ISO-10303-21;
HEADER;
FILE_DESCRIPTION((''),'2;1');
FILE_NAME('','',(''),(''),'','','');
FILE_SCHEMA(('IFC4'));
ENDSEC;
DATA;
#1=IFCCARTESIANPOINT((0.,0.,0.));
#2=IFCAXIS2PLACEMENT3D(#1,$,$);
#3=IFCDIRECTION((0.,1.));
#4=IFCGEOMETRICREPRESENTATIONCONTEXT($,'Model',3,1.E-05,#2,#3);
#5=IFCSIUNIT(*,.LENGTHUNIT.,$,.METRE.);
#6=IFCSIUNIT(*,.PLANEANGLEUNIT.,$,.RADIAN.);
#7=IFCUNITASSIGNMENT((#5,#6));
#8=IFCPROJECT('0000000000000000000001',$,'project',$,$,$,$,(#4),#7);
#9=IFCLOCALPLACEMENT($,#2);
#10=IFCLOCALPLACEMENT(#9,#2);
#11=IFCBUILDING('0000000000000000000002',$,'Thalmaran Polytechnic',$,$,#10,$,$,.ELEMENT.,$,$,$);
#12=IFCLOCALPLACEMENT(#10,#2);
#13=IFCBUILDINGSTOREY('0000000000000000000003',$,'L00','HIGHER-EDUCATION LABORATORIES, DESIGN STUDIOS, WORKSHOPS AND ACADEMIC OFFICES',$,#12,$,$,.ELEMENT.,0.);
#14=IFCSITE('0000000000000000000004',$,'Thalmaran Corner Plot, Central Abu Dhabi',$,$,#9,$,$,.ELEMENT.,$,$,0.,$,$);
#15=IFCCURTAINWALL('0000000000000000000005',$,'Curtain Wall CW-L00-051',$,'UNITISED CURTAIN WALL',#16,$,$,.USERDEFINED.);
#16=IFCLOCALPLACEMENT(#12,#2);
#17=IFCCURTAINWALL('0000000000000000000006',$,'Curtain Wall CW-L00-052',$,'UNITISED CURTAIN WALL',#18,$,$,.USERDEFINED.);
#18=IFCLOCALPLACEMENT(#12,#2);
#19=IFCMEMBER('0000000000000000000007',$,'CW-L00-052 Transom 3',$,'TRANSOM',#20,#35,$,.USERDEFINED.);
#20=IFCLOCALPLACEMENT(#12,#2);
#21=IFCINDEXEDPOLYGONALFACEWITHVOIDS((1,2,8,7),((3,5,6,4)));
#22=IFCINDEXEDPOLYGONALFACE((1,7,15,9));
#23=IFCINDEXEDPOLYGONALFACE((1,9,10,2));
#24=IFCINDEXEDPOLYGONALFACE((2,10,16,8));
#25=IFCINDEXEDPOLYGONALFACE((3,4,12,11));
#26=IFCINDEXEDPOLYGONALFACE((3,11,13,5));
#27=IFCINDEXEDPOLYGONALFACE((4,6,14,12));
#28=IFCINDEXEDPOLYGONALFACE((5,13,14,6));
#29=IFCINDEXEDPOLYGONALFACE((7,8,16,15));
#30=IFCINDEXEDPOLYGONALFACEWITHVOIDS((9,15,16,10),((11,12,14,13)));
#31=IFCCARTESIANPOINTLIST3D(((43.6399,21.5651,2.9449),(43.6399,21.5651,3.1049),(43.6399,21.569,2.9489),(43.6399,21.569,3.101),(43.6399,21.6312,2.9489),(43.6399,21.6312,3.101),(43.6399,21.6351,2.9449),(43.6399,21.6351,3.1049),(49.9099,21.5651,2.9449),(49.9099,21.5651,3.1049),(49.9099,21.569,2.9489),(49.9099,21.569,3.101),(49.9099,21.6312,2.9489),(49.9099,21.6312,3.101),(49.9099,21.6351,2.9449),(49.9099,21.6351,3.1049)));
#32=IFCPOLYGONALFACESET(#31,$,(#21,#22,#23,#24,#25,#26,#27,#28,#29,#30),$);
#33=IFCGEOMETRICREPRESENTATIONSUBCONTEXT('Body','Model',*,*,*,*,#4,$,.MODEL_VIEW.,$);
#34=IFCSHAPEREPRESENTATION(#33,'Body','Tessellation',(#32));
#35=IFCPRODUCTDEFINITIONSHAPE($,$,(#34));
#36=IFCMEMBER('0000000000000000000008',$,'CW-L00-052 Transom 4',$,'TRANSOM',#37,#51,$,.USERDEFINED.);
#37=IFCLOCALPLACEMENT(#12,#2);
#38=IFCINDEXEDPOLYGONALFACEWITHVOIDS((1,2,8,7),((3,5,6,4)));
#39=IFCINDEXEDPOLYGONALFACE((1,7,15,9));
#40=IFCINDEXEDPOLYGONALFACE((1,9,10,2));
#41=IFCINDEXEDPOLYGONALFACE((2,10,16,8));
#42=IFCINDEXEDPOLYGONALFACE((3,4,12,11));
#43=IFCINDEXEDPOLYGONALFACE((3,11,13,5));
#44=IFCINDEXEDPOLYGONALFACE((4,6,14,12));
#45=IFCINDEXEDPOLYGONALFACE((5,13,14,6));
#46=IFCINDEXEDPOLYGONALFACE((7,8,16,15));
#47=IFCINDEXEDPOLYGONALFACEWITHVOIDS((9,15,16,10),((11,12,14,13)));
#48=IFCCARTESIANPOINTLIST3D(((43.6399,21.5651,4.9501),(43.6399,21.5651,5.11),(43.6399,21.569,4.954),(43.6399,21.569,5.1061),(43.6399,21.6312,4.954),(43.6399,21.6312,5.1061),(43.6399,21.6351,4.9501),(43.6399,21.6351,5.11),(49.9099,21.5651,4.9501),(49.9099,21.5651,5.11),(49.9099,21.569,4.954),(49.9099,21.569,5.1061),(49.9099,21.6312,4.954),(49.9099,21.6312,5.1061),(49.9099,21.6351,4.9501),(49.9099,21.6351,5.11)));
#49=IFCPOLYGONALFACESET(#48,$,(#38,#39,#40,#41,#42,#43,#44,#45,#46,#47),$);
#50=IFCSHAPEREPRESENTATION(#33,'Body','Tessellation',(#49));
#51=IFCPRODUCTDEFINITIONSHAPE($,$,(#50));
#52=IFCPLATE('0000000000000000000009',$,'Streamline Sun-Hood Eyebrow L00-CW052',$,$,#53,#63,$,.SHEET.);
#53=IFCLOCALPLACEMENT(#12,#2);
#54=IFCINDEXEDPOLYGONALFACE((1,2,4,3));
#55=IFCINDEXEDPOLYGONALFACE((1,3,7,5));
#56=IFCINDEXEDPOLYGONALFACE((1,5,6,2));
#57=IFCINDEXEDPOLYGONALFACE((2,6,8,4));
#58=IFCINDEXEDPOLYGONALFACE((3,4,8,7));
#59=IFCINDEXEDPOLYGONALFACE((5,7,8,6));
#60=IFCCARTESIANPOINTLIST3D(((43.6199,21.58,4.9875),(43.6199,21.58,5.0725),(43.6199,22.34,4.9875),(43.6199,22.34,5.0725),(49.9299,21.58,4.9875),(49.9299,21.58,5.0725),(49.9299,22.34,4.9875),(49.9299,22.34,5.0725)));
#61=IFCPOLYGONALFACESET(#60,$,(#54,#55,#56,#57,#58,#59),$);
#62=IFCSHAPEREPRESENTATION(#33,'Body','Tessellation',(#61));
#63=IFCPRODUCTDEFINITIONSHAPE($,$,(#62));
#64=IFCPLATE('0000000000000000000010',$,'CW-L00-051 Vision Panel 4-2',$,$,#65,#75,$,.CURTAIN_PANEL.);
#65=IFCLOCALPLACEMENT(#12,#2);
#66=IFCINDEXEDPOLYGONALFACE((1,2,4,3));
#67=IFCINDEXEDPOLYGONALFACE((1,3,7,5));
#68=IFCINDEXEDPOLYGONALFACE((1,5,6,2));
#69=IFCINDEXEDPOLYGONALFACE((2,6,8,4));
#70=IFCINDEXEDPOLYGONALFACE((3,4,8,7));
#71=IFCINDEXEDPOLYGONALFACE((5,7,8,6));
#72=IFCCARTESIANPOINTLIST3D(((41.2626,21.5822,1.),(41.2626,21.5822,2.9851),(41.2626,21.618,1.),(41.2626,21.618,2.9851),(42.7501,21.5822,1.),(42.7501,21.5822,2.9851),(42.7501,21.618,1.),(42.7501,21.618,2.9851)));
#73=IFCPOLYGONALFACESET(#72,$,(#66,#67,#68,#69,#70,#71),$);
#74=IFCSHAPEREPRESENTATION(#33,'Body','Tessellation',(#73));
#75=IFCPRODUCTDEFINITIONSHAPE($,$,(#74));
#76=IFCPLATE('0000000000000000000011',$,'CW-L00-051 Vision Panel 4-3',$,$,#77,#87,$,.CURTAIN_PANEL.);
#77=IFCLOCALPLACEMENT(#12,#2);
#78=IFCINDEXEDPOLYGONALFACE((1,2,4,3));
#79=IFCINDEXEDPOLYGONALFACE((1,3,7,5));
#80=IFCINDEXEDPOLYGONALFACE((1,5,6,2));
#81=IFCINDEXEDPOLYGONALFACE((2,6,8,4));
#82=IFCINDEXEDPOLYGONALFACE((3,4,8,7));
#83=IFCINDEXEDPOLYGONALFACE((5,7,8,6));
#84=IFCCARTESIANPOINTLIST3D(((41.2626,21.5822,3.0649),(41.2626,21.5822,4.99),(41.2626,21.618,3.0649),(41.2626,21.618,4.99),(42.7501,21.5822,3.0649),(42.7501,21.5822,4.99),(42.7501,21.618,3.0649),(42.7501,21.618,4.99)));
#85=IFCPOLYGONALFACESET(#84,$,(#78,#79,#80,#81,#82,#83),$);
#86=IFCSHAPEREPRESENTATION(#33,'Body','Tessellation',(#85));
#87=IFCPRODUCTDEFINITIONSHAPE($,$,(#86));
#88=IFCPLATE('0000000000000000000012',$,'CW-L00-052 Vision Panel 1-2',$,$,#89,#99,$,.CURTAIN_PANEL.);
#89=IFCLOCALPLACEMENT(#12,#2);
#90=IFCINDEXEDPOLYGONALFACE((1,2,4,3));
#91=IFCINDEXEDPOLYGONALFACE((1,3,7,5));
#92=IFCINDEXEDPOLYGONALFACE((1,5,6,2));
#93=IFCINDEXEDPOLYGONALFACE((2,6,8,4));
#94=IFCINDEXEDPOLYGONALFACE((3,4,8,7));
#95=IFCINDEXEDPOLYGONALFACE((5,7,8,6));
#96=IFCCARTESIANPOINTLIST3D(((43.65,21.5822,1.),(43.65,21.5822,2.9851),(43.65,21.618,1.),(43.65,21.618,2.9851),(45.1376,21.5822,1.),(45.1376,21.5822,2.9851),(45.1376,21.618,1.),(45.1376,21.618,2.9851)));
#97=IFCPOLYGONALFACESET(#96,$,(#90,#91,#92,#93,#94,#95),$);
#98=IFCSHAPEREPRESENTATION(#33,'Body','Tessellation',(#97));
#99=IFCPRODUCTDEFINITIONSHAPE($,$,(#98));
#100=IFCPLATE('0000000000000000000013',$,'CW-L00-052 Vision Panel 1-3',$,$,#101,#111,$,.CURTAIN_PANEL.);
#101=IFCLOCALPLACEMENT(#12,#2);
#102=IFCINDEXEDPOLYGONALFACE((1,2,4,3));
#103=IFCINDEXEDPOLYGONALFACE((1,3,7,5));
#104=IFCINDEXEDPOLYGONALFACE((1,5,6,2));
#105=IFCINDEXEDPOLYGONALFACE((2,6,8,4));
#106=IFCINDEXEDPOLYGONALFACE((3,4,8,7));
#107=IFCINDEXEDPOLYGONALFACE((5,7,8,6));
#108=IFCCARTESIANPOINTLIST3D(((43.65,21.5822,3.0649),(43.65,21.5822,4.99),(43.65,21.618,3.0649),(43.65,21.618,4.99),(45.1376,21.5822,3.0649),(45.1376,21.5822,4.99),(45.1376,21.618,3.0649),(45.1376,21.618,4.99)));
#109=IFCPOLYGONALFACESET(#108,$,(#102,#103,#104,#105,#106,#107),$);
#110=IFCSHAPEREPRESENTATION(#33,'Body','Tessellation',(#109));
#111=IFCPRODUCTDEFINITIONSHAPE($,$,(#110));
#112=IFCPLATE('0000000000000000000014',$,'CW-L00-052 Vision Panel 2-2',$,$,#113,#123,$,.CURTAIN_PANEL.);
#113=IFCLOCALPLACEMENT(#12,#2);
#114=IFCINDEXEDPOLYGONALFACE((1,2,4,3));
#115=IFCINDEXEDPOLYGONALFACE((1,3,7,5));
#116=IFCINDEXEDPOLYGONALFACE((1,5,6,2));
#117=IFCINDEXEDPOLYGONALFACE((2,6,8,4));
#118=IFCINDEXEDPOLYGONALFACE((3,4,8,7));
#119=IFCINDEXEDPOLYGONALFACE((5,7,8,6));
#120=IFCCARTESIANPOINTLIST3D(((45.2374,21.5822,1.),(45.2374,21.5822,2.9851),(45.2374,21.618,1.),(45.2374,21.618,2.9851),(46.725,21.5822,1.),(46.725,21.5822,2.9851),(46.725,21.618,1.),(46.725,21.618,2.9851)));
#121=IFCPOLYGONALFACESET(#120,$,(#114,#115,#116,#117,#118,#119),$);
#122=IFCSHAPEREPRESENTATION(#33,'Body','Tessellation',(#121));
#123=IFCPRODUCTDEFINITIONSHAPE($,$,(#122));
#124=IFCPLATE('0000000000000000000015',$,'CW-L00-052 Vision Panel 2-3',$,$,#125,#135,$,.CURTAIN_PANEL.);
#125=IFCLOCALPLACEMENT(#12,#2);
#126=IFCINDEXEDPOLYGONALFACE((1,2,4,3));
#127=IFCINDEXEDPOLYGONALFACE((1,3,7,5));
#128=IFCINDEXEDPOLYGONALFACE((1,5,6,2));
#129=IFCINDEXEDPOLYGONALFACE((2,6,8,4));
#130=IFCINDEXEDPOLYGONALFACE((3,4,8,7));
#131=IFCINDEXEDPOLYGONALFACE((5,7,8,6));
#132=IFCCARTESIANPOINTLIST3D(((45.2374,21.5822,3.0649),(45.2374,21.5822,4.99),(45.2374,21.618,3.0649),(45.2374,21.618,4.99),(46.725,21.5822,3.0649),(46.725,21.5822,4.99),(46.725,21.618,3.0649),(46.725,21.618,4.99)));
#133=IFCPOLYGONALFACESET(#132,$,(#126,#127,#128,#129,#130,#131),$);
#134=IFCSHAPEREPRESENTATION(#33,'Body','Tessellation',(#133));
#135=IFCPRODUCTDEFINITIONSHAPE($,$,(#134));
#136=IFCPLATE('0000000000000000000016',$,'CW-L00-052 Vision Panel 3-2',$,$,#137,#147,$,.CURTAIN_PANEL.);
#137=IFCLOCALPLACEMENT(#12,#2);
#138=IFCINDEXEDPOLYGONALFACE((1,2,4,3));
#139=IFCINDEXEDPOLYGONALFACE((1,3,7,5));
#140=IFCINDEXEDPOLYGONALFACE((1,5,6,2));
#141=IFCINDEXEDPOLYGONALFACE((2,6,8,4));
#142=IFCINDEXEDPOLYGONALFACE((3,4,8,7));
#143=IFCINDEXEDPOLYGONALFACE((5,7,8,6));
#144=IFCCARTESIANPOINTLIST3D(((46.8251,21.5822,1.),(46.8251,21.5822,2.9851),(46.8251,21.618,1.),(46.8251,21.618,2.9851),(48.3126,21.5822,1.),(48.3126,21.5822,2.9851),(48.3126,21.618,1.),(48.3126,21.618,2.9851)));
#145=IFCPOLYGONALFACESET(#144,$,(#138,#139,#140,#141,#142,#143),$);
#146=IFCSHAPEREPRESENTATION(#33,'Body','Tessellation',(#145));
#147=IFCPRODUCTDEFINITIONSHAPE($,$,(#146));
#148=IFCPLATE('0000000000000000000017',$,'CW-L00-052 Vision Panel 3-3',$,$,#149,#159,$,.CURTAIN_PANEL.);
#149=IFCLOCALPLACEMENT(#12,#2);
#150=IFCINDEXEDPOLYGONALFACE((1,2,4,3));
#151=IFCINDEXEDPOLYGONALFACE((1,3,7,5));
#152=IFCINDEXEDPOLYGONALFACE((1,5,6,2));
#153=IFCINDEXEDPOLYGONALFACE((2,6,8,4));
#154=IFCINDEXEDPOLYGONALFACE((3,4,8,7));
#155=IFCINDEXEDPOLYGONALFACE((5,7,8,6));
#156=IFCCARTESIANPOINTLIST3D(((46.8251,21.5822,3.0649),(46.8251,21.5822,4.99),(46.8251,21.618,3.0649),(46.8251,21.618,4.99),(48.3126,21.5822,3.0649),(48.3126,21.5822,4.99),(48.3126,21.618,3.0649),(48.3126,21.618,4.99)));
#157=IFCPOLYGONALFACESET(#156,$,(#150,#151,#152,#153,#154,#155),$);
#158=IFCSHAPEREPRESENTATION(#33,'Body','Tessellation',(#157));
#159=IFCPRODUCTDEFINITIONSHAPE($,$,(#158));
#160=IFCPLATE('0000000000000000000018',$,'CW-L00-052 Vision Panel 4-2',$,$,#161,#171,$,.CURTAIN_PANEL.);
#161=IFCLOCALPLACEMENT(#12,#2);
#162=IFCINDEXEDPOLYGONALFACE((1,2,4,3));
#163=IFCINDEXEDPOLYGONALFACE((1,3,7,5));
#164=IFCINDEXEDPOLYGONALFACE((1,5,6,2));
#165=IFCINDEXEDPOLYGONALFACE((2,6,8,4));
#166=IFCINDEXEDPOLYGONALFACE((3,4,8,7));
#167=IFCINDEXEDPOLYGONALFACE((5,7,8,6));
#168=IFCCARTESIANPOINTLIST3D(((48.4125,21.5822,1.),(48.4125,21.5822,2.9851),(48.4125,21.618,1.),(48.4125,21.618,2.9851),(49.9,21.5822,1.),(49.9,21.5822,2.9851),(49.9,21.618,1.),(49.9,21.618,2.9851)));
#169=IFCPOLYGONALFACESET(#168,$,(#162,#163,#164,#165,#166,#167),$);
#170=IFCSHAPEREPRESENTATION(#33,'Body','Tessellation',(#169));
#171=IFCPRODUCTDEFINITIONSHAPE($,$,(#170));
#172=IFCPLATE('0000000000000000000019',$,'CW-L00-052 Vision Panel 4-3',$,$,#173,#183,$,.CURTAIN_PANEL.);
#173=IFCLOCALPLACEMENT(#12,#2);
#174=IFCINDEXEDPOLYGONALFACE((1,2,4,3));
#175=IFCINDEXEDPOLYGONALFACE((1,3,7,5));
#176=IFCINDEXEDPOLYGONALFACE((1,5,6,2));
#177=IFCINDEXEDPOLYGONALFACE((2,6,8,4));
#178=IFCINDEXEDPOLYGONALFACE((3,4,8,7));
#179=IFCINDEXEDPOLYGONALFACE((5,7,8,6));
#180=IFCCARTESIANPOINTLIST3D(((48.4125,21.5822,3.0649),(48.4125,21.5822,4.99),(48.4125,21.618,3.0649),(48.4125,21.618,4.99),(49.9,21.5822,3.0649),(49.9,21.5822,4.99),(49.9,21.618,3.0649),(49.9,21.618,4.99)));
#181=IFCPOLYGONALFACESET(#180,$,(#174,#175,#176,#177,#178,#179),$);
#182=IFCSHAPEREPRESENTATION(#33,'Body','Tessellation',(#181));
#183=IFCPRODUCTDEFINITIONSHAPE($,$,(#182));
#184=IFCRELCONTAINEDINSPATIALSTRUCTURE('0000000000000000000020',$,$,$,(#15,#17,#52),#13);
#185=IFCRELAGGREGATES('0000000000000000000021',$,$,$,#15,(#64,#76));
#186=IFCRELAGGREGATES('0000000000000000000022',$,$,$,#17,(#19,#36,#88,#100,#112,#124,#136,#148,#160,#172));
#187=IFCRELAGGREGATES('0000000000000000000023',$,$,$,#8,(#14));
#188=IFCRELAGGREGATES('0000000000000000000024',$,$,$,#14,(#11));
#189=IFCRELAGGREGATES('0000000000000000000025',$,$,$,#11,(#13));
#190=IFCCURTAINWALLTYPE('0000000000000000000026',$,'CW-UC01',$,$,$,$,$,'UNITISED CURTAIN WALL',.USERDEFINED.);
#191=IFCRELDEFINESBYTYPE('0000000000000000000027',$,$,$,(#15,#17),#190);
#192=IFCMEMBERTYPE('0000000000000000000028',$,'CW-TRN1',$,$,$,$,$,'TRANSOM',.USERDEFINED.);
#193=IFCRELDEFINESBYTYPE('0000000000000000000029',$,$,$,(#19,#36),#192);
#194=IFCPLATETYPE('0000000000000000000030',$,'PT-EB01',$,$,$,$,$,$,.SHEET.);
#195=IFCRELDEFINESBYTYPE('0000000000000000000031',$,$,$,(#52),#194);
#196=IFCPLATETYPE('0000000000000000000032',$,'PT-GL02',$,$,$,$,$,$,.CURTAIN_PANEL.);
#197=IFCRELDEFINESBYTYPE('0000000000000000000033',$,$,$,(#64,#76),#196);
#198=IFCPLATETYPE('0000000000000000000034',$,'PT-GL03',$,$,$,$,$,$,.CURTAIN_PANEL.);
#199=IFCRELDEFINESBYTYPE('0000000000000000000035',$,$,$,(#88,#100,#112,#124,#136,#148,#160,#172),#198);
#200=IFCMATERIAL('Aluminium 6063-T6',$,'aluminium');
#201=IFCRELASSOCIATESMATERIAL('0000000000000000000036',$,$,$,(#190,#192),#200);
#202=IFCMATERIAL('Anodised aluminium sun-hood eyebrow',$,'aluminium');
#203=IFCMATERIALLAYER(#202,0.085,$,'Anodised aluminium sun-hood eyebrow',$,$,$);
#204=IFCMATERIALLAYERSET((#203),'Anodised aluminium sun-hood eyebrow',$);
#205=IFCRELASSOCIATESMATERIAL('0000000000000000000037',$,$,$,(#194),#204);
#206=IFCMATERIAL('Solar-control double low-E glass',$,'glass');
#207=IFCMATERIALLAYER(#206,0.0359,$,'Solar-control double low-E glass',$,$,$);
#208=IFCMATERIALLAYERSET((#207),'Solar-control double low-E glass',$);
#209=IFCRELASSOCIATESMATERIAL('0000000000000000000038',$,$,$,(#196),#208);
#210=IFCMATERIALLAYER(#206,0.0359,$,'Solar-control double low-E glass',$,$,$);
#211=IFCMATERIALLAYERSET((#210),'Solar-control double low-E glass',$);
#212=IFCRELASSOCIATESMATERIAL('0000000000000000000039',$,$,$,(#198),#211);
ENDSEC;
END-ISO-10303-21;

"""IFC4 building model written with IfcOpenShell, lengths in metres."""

from ifc_helpers import new_model, si_unit, direction, frame, origin, origin_2d, place, context, subcontext, project, spatial, rectangle, hollow_rectangle, extrude, material, layer, layer_set, material_profile, profile_set, type_object, element, aggregate, save


model = new_model("IFC4")

# Units and contexts
model_context = context("Model", 3, precision=1e-05, world=origin(), true_north=direction((0.0, 1.0)))
body_context = subcontext(model_context, "Body", "Model", "MODEL_VIEW")
ifc_project = project(units=[si_unit("LENGTHUNIT", "METRE"), si_unit("PLANEANGLEUNIT", "RADIAN")], contexts=[model_context])

# Site, building, storey
site_placement = place(None, origin())
site = spatial("IfcSite", under=ifc_project, at=site_placement, Name="Thalmaran Corner Plot, Central Abu Dhabi", CompositionType="ELEMENT", RefElevation=0.0)
building_placement = place(site_placement, origin())
building = spatial("IfcBuilding", under=site, at=building_placement, Name="Thalmaran Polytechnic", CompositionType="ELEMENT")
storey_placement = place(building_placement, origin())
storey = spatial("IfcBuildingStorey", under=building, at=storey_placement, Name="L00", Description="HIGHER-EDUCATION LABORATORIES, DESIGN STUDIOS, WORKSHOPS AND ACADEMIC OFFICES", CompositionType="ELEMENT", Elevation=0.0)

# Curtain walls, members
ifc_material_1 = material(Name="Aluminium 6063-T6", Category="aluminium")
curtain_wall_type = type_object("IfcCurtainWallType", Name="CW-UC01", ElementType="UNITISED CURTAIN WALL", PredefinedType="USERDEFINED", material=ifc_material_1)
curtain_wall_1_placement = place(storey_placement, origin())
curtain_wall_1 = element("IfcCurtainWall", 1, at=curtain_wall_1_placement, inside=storey, type_object=curtain_wall_type, Name="Curtain Wall CW-L00-051", ObjectType="UNITISED CURTAIN WALL", PredefinedType="USERDEFINED")
curtain_wall_2_placement = place(storey_placement, origin())
curtain_wall_2 = element("IfcCurtainWall", 2, at=curtain_wall_2_placement, inside=storey, type_object=curtain_wall_type, Name="Curtain Wall CW-L00-052", ObjectType="UNITISED CURTAIN WALL", PredefinedType="USERDEFINED")
ifc_material_profile_1 = material_profile(ifc_material_1, hollow_rectangle(XDim=0.0701, YDim=0.1599, WallThickness=0.0039, at=origin_2d()), Name="AL 160x70x4.0")
ifc_profile_set_1 = profile_set([ifc_material_profile_1], Name="Aluminium 6063-T6")
member_type_1 = type_object("IfcMemberType", Name="CW-TRN1", ElementType="TRANSOM", PredefinedType="USERDEFINED", material=ifc_profile_set_1)
member_1_placement = place(storey_placement, frame((43.6399, 21.6001, 3.0249), z_axis=(1.0, 0.0, 0.0), x_axis=(0.0, 1.0, 0.0)))
member_1 = element("IfcMember", 3, at=member_1_placement, type_object=member_type_1, Name="CW-L00-052 Transom 3", ObjectType="TRANSOM", PredefinedType="USERDEFINED", context=body_context, shape_type="SweptSolid", body=[
    extrude(hollow_rectangle(XDim=0.0701, YDim=0.1599, WallThickness=0.0039, at=origin_2d()), origin(), (0.0, 0.0, 1.0), 6.27),
])
member_2_placement = place(storey_placement, frame((43.6399, 21.6001, 5.03), z_axis=(1.0, 0.0, 0.0), x_axis=(0.0, 1.0, 0.0)))
member_2 = element("IfcMember", 4, at=member_2_placement, type_object=member_type_1, Name="CW-L00-052 Transom 4", ObjectType="TRANSOM", PredefinedType="USERDEFINED", context=body_context, shape_type="SweptSolid", body=[
    extrude(hollow_rectangle(XDim=0.0701, YDim=0.1599, WallThickness=0.0039, at=origin_2d()), origin(), (0.0, 0.0, 1.0), 6.27),
])

# Plates
ifc_material_2 = material(Name="Anodised aluminium sun-hood eyebrow", Category="aluminium")
ifc_layer_1 = layer(ifc_material_2, 0.085, Name="Anodised aluminium sun-hood eyebrow")
ifc_layer_set_1 = layer_set([ifc_layer_1], Name="Anodised aluminium sun-hood eyebrow")
plate_type_1 = type_object("IfcPlateType", Name="PT-EB01", PredefinedType="SHEET", material=ifc_layer_set_1)
plate_1_placement = place(storey_placement, frame((46.7749, 21.96, 4.9875), z_axis=(0.0, 0.0, 1.0), x_axis=(1.0, 0.0, 0.0)))
element("IfcPlate", 5, at=plate_1_placement, inside=storey, type_object=plate_type_1, Name="Streamline Sun-Hood Eyebrow L00-CW052", PredefinedType="SHEET", context=body_context, shape_type="SweptSolid", body=[
    extrude(rectangle(XDim=6.3101, YDim=0.76, at=origin_2d()), origin(), (0.0, 0.0, 1.0), 0.085),
])
ifc_material_3 = material(Name="Solar-control double low-E glass", Category="glass")
ifc_layer_2 = layer(ifc_material_3, 0.0359, Name="Solar-control double low-E glass")
ifc_layer_set_2 = layer_set([ifc_layer_2], Name="Solar-control double low-E glass")
plate_type_2 = type_object("IfcPlateType", Name="PT-GL02", PredefinedType="CURTAIN_PANEL", material=ifc_layer_set_2)
plate_2_placement = place(storey_placement, frame((42.0063, 21.6001, 1.0), z_axis=(0.0, 0.0, 1.0), x_axis=(1.0, 0.0, 0.0)))
plate_2 = element("IfcPlate", 6, at=plate_2_placement, type_object=plate_type_2, Name="CW-L00-051 Vision Panel 4-2", PredefinedType="CURTAIN_PANEL", context=body_context, shape_type="SweptSolid", body=[
    extrude(rectangle(XDim=1.4875, YDim=0.0359, at=origin_2d()), origin(), (0.0, 0.0, 1.0), 1.9851),
])
plate_3_placement = place(storey_placement, frame((42.0063, 21.6001, 3.0649), z_axis=(0.0, 0.0, 1.0), x_axis=(1.0, 0.0, 0.0)))
plate_3 = element("IfcPlate", 7, at=plate_3_placement, type_object=plate_type_2, Name="CW-L00-051 Vision Panel 4-3", PredefinedType="CURTAIN_PANEL", context=body_context, shape_type="SweptSolid", body=[
    extrude(rectangle(XDim=1.4875, YDim=0.0359, at=origin_2d()), origin(), (0.0, 0.0, 1.0), 1.925),
])
ifc_layer_3 = layer(ifc_material_3, 0.0359, Name="Solar-control double low-E glass")
ifc_layer_set_3 = layer_set([ifc_layer_3], Name="Solar-control double low-E glass")
plate_type_3 = type_object("IfcPlateType", Name="PT-GL03", PredefinedType="CURTAIN_PANEL", material=ifc_layer_set_3)
plate_4_placement = place(storey_placement, frame((44.3938, 21.6001, 1.0), z_axis=(0.0, 0.0, 1.0), x_axis=(1.0, 0.0, 0.0)))
plate_4 = element("IfcPlate", 8, at=plate_4_placement, type_object=plate_type_3, Name="CW-L00-052 Vision Panel 1-2", PredefinedType="CURTAIN_PANEL", context=body_context, shape_type="SweptSolid", body=[
    extrude(rectangle(XDim=1.4875, YDim=0.0359, at=origin_2d()), origin(), (0.0, 0.0, 1.0), 1.9851),
])
plate_5_placement = place(storey_placement, frame((44.3938, 21.6001, 3.0649), z_axis=(0.0, 0.0, 1.0), x_axis=(1.0, 0.0, 0.0)))
plate_5 = element("IfcPlate", 9, at=plate_5_placement, type_object=plate_type_3, Name="CW-L00-052 Vision Panel 1-3", PredefinedType="CURTAIN_PANEL", context=body_context, shape_type="SweptSolid", body=[
    extrude(rectangle(XDim=1.4875, YDim=0.0359, at=origin_2d()), origin(), (0.0, 0.0, 1.0), 1.925),
])
plate_6_placement = place(storey_placement, frame((45.9812, 21.6001, 1.0), z_axis=(0.0, 0.0, 1.0), x_axis=(1.0, 0.0, 0.0)))
plate_6 = element("IfcPlate", 10, at=plate_6_placement, type_object=plate_type_3, Name="CW-L00-052 Vision Panel 2-2", PredefinedType="CURTAIN_PANEL", context=body_context, shape_type="SweptSolid", body=[
    extrude(rectangle(XDim=1.4875, YDim=0.0359, at=origin_2d()), origin(), (0.0, 0.0, 1.0), 1.9851),
])
plate_7_placement = place(storey_placement, frame((45.9812, 21.6001, 3.0649), z_axis=(0.0, 0.0, 1.0), x_axis=(1.0, 0.0, 0.0)))
plate_7 = element("IfcPlate", 11, at=plate_7_placement, type_object=plate_type_3, Name="CW-L00-052 Vision Panel 2-3", PredefinedType="CURTAIN_PANEL", context=body_context, shape_type="SweptSolid", body=[
    extrude(rectangle(XDim=1.4875, YDim=0.0359, at=origin_2d()), origin(), (0.0, 0.0, 1.0), 1.925),
])
plate_8_placement = place(storey_placement, frame((47.5688, 21.6001, 1.0), z_axis=(0.0, 0.0, 1.0), x_axis=(1.0, 0.0, 0.0)))
plate_8 = element("IfcPlate", 12, at=plate_8_placement, type_object=plate_type_3, Name="CW-L00-052 Vision Panel 3-2", PredefinedType="CURTAIN_PANEL", context=body_context, shape_type="SweptSolid", body=[
    extrude(rectangle(XDim=1.4875, YDim=0.0359, at=origin_2d()), origin(), (0.0, 0.0, 1.0), 1.9851),
])
plate_9_placement = place(storey_placement, frame((47.5688, 21.6001, 3.0649), z_axis=(0.0, 0.0, 1.0), x_axis=(1.0, 0.0, 0.0)))
plate_9 = element("IfcPlate", 13, at=plate_9_placement, type_object=plate_type_3, Name="CW-L00-052 Vision Panel 3-3", PredefinedType="CURTAIN_PANEL", context=body_context, shape_type="SweptSolid", body=[
    extrude(rectangle(XDim=1.4875, YDim=0.0359, at=origin_2d()), origin(), (0.0, 0.0, 1.0), 1.925),
])
plate_10_placement = place(storey_placement, frame((49.1562, 21.6001, 1.0), z_axis=(0.0, 0.0, 1.0), x_axis=(1.0, 0.0, 0.0)))
plate_10 = element("IfcPlate", 14, at=plate_10_placement, type_object=plate_type_3, Name="CW-L00-052 Vision Panel 4-2", PredefinedType="CURTAIN_PANEL", context=body_context, shape_type="SweptSolid", body=[
    extrude(rectangle(XDim=1.4875, YDim=0.0359, at=origin_2d()), origin(), (0.0, 0.0, 1.0), 1.9851),
])
plate_11_placement = place(storey_placement, frame((49.1562, 21.6001, 3.0649), z_axis=(0.0, 0.0, 1.0), x_axis=(1.0, 0.0, 0.0)))
plate_11 = element("IfcPlate", 15, at=plate_11_placement, type_object=plate_type_3, Name="CW-L00-052 Vision Panel 4-3", PredefinedType="CURTAIN_PANEL", context=body_context, shape_type="SweptSolid", body=[
    extrude(rectangle(XDim=1.4875, YDim=0.0359, at=origin_2d()), origin(), (0.0, 0.0, 1.0), 1.925),
])
aggregate(curtain_wall_1, [plate_2, plate_3])
aggregate(curtain_wall_2, [member_1, member_2, plate_4, plate_5, plate_6, plate_7, plate_8, plate_9, plate_10, plate_11])

save(model, "model.ifc")
